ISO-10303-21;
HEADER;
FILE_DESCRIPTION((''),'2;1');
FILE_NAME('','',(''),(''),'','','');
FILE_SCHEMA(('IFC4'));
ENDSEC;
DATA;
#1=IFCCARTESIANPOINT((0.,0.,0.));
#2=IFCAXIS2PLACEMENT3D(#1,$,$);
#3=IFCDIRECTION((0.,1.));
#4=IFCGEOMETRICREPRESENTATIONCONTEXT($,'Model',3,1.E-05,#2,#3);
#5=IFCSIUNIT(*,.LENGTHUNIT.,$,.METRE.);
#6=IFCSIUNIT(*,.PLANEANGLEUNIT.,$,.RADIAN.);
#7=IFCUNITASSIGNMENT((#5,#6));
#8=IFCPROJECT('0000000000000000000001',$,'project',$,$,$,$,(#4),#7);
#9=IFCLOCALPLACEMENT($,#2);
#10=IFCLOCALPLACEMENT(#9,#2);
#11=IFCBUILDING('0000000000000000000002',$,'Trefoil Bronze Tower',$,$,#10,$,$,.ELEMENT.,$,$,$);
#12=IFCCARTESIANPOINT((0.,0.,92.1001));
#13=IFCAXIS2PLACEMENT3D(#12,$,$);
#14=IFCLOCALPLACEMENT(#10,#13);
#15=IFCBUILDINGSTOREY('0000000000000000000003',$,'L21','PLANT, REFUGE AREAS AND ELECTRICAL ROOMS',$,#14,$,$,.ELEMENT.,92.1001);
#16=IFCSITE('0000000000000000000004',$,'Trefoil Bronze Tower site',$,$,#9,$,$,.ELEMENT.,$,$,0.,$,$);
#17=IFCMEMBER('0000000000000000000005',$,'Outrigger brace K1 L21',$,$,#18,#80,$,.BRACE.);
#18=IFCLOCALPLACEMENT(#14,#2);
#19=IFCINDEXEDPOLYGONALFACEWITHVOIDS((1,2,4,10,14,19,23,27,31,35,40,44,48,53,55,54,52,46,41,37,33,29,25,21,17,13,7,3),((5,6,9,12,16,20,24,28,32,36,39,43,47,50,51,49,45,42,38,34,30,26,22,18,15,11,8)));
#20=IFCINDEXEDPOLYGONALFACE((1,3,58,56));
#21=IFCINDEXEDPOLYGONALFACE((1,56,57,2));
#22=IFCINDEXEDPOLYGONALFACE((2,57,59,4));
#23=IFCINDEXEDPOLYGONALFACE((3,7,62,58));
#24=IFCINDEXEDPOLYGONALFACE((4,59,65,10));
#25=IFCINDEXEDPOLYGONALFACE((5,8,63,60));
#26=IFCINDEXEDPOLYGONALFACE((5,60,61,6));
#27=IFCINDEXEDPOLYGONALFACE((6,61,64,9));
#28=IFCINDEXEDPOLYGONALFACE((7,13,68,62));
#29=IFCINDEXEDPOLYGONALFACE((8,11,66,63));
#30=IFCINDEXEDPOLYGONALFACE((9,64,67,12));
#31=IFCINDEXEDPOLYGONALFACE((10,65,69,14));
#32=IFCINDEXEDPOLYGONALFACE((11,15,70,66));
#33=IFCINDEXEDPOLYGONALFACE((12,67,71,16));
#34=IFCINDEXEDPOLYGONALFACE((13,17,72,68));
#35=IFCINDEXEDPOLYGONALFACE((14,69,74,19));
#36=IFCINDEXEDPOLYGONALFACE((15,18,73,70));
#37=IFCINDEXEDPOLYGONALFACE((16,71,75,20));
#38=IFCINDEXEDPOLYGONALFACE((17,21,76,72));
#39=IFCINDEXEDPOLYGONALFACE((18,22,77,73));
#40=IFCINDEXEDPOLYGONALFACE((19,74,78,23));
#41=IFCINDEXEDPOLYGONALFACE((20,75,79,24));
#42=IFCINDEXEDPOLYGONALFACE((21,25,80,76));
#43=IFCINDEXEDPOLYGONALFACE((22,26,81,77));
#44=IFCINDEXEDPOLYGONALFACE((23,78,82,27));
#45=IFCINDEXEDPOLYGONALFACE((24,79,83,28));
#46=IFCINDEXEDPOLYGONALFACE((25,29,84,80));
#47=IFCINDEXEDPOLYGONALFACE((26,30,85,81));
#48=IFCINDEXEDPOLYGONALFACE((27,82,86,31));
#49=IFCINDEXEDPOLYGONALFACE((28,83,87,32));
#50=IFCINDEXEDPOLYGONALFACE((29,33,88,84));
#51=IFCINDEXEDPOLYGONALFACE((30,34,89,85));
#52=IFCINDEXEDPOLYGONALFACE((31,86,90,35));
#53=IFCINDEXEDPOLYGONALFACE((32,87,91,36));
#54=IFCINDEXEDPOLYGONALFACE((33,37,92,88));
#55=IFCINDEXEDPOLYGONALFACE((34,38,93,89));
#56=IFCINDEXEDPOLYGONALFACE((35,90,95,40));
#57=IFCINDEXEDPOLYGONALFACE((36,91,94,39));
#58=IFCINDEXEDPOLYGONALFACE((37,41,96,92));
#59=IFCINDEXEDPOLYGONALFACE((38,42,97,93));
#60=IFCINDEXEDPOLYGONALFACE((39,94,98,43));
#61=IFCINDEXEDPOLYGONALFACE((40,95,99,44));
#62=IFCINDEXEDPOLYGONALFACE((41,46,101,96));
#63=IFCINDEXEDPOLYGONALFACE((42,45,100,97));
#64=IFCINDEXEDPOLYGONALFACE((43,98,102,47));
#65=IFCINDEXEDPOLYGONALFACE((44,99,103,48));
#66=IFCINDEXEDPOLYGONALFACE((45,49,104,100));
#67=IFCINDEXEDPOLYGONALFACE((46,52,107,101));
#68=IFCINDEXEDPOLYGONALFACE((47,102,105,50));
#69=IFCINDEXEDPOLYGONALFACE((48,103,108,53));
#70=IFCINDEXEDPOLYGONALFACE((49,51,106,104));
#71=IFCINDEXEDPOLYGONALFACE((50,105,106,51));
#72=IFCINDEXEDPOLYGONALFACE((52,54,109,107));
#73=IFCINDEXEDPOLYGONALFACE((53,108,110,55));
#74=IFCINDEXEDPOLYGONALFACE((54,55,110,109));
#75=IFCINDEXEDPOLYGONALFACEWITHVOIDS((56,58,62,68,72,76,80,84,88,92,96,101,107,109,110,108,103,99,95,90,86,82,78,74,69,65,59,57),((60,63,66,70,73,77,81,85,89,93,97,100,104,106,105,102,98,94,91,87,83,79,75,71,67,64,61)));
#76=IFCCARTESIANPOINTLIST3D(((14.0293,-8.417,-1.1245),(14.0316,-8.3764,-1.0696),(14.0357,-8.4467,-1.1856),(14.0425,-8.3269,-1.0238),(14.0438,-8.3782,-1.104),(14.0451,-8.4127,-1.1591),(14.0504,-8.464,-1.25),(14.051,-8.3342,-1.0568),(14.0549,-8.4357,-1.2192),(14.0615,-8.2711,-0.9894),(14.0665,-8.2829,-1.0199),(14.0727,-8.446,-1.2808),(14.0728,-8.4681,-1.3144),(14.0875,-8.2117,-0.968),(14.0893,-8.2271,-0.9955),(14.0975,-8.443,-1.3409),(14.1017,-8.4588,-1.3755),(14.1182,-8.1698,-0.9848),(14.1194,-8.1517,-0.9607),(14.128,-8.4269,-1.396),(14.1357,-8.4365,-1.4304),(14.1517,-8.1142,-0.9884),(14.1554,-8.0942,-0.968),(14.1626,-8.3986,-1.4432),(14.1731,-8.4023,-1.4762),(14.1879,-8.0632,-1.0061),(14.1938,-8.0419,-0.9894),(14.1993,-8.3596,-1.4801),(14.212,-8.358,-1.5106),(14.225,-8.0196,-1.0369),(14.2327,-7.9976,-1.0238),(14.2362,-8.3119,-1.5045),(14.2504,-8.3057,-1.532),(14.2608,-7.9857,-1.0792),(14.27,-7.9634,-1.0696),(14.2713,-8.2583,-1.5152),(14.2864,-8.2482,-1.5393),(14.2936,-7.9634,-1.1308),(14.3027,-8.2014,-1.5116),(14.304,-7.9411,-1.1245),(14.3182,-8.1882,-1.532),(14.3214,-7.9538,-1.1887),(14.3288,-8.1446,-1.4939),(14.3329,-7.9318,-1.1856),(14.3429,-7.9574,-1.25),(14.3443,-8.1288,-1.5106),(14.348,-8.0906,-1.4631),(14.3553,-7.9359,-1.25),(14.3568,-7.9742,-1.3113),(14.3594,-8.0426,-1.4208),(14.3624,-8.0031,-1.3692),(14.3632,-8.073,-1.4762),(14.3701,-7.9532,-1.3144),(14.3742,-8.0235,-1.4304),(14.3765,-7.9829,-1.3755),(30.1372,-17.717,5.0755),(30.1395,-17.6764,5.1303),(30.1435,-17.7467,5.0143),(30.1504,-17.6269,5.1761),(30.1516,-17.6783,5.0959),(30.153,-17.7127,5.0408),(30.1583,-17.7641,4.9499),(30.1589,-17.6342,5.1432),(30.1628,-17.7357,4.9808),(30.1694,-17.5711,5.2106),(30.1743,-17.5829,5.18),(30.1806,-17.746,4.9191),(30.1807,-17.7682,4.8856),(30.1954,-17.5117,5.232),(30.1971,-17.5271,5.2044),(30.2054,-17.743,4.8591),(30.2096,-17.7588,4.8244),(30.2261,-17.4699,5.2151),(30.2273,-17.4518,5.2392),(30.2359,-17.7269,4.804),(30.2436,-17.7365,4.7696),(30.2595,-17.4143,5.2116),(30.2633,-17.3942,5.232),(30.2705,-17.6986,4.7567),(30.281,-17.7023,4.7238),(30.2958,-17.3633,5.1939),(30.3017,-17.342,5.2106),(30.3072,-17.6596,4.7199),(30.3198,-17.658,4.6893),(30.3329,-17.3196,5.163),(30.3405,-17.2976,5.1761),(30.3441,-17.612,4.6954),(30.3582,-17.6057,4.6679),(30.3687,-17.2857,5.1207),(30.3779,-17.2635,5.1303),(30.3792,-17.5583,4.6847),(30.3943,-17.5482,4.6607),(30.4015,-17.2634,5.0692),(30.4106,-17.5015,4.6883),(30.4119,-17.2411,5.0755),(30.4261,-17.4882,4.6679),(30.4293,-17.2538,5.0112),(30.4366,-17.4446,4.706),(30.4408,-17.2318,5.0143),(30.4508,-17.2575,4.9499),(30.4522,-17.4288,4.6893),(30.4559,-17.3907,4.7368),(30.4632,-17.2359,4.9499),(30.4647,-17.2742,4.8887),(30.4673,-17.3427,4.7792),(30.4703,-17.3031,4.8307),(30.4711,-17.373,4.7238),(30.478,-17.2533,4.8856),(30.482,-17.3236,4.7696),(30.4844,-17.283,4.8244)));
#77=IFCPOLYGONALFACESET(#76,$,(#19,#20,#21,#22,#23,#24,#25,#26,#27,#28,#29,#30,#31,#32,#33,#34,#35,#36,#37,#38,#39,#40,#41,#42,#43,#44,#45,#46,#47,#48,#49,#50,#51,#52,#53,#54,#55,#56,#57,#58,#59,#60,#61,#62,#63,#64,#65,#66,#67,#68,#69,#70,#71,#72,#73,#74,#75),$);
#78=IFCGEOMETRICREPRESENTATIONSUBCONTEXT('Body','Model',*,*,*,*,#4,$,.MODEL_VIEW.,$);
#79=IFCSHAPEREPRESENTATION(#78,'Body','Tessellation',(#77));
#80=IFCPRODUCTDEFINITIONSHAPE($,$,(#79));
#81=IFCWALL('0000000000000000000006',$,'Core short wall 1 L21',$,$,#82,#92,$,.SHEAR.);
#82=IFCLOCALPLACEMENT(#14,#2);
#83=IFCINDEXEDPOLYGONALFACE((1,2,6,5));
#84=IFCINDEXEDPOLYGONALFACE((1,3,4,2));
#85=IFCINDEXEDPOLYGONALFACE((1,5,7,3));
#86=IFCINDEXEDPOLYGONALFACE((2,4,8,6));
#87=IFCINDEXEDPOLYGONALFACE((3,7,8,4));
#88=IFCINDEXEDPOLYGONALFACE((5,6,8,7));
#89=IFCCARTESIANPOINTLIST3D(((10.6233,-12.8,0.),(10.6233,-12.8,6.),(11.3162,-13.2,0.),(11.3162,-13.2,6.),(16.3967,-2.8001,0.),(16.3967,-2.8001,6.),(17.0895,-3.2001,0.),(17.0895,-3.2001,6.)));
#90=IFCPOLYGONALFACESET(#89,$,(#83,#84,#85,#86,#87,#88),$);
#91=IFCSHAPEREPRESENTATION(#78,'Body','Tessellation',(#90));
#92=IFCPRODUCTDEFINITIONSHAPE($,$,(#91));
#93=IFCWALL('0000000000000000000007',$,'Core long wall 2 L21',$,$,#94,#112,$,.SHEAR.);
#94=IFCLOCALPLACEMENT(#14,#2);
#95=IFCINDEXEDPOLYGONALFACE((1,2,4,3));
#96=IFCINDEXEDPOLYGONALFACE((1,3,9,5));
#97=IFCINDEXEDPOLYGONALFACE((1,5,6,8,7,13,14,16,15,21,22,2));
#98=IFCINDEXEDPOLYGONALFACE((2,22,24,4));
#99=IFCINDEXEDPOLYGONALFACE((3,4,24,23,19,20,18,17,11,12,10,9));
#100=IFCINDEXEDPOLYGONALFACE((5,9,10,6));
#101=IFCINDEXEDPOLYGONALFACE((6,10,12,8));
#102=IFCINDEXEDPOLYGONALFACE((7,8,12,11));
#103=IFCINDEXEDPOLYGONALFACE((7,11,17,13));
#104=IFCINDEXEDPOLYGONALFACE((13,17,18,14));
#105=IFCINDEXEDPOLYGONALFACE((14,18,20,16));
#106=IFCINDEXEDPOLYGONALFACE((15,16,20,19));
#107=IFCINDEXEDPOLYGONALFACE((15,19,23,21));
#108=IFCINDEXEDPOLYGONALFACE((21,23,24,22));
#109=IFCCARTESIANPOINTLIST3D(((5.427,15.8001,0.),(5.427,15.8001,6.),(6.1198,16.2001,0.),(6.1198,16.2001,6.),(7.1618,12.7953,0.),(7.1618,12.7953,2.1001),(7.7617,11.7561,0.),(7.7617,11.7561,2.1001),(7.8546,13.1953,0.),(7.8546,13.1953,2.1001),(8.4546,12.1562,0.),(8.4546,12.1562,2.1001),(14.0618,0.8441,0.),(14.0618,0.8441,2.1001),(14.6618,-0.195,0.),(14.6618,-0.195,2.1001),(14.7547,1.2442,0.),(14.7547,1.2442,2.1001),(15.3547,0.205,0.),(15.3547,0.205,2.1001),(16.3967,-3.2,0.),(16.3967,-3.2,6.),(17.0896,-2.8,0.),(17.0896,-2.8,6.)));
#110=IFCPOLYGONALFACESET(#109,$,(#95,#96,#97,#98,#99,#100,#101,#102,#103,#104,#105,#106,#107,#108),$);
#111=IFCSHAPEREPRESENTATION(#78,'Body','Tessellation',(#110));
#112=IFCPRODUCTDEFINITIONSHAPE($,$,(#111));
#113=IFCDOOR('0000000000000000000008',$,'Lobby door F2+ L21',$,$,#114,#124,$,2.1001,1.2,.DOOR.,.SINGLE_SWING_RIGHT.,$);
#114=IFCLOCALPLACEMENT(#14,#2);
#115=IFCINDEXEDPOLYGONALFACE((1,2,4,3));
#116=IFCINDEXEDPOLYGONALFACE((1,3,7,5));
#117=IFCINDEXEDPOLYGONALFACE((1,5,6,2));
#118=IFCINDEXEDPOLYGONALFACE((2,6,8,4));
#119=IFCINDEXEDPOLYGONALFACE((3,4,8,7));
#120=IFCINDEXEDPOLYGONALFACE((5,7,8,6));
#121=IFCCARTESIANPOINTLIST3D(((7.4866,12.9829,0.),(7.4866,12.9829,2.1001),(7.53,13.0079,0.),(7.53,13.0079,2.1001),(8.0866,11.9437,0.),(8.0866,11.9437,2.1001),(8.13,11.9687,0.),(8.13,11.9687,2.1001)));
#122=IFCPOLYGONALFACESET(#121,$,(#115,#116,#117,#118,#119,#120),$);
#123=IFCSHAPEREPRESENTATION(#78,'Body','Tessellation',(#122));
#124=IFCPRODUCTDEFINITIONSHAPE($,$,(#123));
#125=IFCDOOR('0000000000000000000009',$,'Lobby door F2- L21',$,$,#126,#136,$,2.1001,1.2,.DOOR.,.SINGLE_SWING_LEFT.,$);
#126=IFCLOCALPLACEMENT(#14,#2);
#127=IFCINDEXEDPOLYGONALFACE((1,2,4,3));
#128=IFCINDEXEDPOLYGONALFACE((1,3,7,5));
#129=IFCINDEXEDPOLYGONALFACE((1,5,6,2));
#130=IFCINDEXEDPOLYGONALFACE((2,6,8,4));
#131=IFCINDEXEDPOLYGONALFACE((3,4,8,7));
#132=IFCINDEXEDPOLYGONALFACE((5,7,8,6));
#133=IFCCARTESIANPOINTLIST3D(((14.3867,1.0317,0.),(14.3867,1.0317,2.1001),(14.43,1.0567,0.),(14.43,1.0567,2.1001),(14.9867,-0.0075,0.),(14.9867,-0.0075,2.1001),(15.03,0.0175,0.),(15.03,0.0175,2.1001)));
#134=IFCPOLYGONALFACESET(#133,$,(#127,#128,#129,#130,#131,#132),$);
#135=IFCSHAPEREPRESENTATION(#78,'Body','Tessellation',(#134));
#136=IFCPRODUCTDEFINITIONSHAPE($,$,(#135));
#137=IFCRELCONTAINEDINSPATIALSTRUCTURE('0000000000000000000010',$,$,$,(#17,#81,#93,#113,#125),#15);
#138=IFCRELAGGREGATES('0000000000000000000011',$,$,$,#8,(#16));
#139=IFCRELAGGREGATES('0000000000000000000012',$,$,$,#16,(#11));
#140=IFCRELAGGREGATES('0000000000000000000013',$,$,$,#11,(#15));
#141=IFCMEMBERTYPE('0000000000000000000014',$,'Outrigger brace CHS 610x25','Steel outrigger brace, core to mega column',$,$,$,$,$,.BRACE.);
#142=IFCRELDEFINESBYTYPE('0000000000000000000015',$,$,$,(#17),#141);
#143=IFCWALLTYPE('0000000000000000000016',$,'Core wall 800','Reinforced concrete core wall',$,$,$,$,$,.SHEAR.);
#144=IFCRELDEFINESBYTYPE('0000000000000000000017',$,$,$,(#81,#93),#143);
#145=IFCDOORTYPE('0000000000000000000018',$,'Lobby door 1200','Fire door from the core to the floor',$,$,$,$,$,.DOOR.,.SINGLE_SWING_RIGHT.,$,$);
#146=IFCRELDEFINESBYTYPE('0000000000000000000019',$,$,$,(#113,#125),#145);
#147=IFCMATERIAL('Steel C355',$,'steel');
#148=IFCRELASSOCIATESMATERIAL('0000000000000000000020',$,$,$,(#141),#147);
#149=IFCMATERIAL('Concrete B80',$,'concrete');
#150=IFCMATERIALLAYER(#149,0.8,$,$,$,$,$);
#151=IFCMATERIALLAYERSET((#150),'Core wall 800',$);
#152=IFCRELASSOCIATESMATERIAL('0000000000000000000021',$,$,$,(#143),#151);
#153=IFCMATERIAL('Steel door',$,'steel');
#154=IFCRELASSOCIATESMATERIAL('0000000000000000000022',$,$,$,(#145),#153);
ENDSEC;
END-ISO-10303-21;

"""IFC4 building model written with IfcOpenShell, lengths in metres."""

from ifc_helpers import new_model, si_unit, direction, frame, frame_2d, origin, origin_2d, place, context, subcontext, project, spatial, rectangle, hollow_circle, extrude, material, layer, layer_set, material_profile, profile_set, type_object, element, fill, save


model = new_model("IFC4")

# Units and contexts
model_context = context("Model", 3, precision=1e-05, world=origin(), true_north=direction((0.0, 1.0)))
body_context = subcontext(model_context, "Body", "Model", "MODEL_VIEW")
ifc_project = project(units=[si_unit("LENGTHUNIT", "METRE"), si_unit("PLANEANGLEUNIT", "RADIAN")], contexts=[model_context])

# Site, building, storey
site_placement = place(None, origin())
site = spatial("IfcSite", under=ifc_project, at=site_placement, Name="Trefoil Bronze Tower site", CompositionType="ELEMENT", RefElevation=0.0)
building_placement = place(site_placement, origin())
building = spatial("IfcBuilding", under=site, at=building_placement, Name="Trefoil Bronze Tower", CompositionType="ELEMENT")
storey_placement = place(building_placement, frame((0.0, 0.0, 92.1001)))
storey = spatial("IfcBuildingStorey", under=building, at=storey_placement, Name="L21", Description="PLANT, REFUGE AREAS AND ELECTRICAL ROOMS", CompositionType="ELEMENT", Elevation=92.1001)

# Member
ifc_material_1 = material(Name="Steel C355", Category="steel")
ifc_material_profile_1 = material_profile(ifc_material_1, hollow_circle(Radius=0.3049, WallThickness=0.0249, at=origin_2d()), Name="CHS 610x25")
ifc_profile_set_1 = profile_set([ifc_material_profile_1], Name="Steel C355")
member_type = type_object("IfcMemberType", Name="Outrigger brace CHS 610x25", Description="Steel outrigger brace, core to mega column", PredefinedType="BRACE", material=ifc_profile_set_1)
member_placement = place(storey_placement, frame((14.2029, -8.2, -1.25), z_axis=(0.821581, -0.474347, 0.316227), x_axis=(0.500006, 0.866022, 0.0)))
element("IfcMember", 1, at=member_placement, inside=storey, type_object=member_type, Name="Outrigger brace K1 L21", PredefinedType="BRACE", context=body_context, shape_type="SweptSolid", body=[
    extrude(hollow_circle(Radius=0.3049, WallThickness=0.0249, at=origin_2d()), origin(), (0.0, 0.0, 1.0), 19.606),
])

# Wall
ifc_material_2 = material(Name="Concrete B80", Category="concrete")
ifc_layer_1 = layer(ifc_material_2, 0.8)
ifc_layer_set_1 = layer_set([ifc_layer_1], Name="Core wall 800")
wall_type_1 = type_object("IfcWallType", Name="Core wall 800", Description="Reinforced concrete core wall", PredefinedType="SHEAR", material=ifc_layer_set_1)
wall_1_placement = place(storey_placement, frame((10.9697, -13.0, 0.0), z_axis=(0.0, 0.0, 1.0), x_axis=(0.499996, 0.866028, 0.0)))
element("IfcWall", 2, at=wall_1_placement, inside=storey, type_object=wall_type_1, Name="Core short wall 1 L21", PredefinedType="SHEAR", context=body_context, shape_type="SweptSolid", body=[
    extrude(rectangle(XDim=11.5469, YDim=0.8, at=frame_2d((5.7734, 0.0))), origin(), (0.0, 0.0, 1.0), 6.0),
])

# Wall, openings, doors
wall_2_placement = place(storey_placement, frame((16.7432, -3.0, 0.0), z_axis=(0.0, 0.0, 1.0), x_axis=(-0.500002, 0.866024, 0.0)))
wall_2 = element("IfcWall", 3, at=wall_2_placement, inside=storey, type_object=wall_type_1, Name="Core long wall 2 L21", PredefinedType="SHEAR", context=body_context, shape_type="SweptSolid", body=[
    extrude(rectangle(XDim=21.9395, YDim=0.8, at=frame_2d((10.9697, 0.0))), origin(), (0.0, 0.0, 1.0), 6.0),
])
opening_1_placement = place(wall_2_placement, frame((17.2698, 0.0, 0.0)))
opening_1 = element("IfcOpeningElement", 4, at=opening_1_placement, cuts=wall_2, PredefinedType="OPENING", context=body_context, shape_type="SweptSolid", body=[
    extrude(rectangle(XDim=1.2, YDim=2.1001, at=frame_2d((0.6001, 1.05))), frame((0.0, 0.4099, 0.0), z_axis=(0.0, -1.0, 0.0), x_axis=(1.0, 0.0, 0.0)), (0.0, 0.0, 1.0), 0.8201),
])
opening_2_placement = place(wall_2_placement, frame((3.4697, 0.0, 0.0)))
opening_2 = element("IfcOpeningElement", 5, at=opening_2_placement, cuts=wall_2, PredefinedType="OPENING", context=body_context, shape_type="SweptSolid", body=[
    extrude(rectangle(XDim=1.2, YDim=2.1001, at=frame_2d((0.6001, 1.05))), frame((0.0, 0.4099, 0.0), z_axis=(0.0, -1.0, 0.0), x_axis=(1.0, 0.0, 0.0)), (0.0, 0.0, 1.0), 0.8201),
])
ifc_material_3 = material(Name="Steel door", Category="steel")
door_type_1 = type_object("IfcDoorType", Name="Lobby door 1200", Description="Fire door from the core to the floor", OperationType="SINGLE_SWING_RIGHT", PredefinedType="DOOR", material=ifc_material_3)
door_1_placement = place(opening_1_placement, origin())
door_1 = element("IfcDoor", 6, at=door_1_placement, inside=storey, type_object=door_type_1, Name="Lobby door F2+ L21", OperationType="SINGLE_SWING_RIGHT", OverallHeight=2.1001, OverallWidth=1.2, PredefinedType="DOOR", context=body_context, shape_type="SweptSolid", body=[
    extrude(rectangle(XDim=1.2, YDim=2.1001, at=frame_2d((0.6001, 1.05))), frame((0.0, 0.0249, 0.0), z_axis=(0.0, -1.0, 0.0), x_axis=(1.0, 0.0, 0.0)), (0.0, 0.0, 1.0), 0.05),
])
fill(opening_1, door_1)
door_2_placement = place(opening_2_placement, origin())
door_2 = element("IfcDoor", 7, at=door_2_placement, inside=storey, type_object=door_type_1, Name="Lobby door F2- L21", OperationType="SINGLE_SWING_LEFT", OverallHeight=2.1001, OverallWidth=1.2, PredefinedType="DOOR", context=body_context, shape_type="SweptSolid", body=[
    extrude(rectangle(XDim=1.2, YDim=2.1001, at=frame_2d((0.6001, 1.05))), frame((0.0, 0.0249, 0.0), z_axis=(0.0, -1.0, 0.0), x_axis=(1.0, 0.0, 0.0)), (0.0, 0.0, 1.0), 0.05),
])
fill(opening_2, door_2)

save(model, "model.ifc")
